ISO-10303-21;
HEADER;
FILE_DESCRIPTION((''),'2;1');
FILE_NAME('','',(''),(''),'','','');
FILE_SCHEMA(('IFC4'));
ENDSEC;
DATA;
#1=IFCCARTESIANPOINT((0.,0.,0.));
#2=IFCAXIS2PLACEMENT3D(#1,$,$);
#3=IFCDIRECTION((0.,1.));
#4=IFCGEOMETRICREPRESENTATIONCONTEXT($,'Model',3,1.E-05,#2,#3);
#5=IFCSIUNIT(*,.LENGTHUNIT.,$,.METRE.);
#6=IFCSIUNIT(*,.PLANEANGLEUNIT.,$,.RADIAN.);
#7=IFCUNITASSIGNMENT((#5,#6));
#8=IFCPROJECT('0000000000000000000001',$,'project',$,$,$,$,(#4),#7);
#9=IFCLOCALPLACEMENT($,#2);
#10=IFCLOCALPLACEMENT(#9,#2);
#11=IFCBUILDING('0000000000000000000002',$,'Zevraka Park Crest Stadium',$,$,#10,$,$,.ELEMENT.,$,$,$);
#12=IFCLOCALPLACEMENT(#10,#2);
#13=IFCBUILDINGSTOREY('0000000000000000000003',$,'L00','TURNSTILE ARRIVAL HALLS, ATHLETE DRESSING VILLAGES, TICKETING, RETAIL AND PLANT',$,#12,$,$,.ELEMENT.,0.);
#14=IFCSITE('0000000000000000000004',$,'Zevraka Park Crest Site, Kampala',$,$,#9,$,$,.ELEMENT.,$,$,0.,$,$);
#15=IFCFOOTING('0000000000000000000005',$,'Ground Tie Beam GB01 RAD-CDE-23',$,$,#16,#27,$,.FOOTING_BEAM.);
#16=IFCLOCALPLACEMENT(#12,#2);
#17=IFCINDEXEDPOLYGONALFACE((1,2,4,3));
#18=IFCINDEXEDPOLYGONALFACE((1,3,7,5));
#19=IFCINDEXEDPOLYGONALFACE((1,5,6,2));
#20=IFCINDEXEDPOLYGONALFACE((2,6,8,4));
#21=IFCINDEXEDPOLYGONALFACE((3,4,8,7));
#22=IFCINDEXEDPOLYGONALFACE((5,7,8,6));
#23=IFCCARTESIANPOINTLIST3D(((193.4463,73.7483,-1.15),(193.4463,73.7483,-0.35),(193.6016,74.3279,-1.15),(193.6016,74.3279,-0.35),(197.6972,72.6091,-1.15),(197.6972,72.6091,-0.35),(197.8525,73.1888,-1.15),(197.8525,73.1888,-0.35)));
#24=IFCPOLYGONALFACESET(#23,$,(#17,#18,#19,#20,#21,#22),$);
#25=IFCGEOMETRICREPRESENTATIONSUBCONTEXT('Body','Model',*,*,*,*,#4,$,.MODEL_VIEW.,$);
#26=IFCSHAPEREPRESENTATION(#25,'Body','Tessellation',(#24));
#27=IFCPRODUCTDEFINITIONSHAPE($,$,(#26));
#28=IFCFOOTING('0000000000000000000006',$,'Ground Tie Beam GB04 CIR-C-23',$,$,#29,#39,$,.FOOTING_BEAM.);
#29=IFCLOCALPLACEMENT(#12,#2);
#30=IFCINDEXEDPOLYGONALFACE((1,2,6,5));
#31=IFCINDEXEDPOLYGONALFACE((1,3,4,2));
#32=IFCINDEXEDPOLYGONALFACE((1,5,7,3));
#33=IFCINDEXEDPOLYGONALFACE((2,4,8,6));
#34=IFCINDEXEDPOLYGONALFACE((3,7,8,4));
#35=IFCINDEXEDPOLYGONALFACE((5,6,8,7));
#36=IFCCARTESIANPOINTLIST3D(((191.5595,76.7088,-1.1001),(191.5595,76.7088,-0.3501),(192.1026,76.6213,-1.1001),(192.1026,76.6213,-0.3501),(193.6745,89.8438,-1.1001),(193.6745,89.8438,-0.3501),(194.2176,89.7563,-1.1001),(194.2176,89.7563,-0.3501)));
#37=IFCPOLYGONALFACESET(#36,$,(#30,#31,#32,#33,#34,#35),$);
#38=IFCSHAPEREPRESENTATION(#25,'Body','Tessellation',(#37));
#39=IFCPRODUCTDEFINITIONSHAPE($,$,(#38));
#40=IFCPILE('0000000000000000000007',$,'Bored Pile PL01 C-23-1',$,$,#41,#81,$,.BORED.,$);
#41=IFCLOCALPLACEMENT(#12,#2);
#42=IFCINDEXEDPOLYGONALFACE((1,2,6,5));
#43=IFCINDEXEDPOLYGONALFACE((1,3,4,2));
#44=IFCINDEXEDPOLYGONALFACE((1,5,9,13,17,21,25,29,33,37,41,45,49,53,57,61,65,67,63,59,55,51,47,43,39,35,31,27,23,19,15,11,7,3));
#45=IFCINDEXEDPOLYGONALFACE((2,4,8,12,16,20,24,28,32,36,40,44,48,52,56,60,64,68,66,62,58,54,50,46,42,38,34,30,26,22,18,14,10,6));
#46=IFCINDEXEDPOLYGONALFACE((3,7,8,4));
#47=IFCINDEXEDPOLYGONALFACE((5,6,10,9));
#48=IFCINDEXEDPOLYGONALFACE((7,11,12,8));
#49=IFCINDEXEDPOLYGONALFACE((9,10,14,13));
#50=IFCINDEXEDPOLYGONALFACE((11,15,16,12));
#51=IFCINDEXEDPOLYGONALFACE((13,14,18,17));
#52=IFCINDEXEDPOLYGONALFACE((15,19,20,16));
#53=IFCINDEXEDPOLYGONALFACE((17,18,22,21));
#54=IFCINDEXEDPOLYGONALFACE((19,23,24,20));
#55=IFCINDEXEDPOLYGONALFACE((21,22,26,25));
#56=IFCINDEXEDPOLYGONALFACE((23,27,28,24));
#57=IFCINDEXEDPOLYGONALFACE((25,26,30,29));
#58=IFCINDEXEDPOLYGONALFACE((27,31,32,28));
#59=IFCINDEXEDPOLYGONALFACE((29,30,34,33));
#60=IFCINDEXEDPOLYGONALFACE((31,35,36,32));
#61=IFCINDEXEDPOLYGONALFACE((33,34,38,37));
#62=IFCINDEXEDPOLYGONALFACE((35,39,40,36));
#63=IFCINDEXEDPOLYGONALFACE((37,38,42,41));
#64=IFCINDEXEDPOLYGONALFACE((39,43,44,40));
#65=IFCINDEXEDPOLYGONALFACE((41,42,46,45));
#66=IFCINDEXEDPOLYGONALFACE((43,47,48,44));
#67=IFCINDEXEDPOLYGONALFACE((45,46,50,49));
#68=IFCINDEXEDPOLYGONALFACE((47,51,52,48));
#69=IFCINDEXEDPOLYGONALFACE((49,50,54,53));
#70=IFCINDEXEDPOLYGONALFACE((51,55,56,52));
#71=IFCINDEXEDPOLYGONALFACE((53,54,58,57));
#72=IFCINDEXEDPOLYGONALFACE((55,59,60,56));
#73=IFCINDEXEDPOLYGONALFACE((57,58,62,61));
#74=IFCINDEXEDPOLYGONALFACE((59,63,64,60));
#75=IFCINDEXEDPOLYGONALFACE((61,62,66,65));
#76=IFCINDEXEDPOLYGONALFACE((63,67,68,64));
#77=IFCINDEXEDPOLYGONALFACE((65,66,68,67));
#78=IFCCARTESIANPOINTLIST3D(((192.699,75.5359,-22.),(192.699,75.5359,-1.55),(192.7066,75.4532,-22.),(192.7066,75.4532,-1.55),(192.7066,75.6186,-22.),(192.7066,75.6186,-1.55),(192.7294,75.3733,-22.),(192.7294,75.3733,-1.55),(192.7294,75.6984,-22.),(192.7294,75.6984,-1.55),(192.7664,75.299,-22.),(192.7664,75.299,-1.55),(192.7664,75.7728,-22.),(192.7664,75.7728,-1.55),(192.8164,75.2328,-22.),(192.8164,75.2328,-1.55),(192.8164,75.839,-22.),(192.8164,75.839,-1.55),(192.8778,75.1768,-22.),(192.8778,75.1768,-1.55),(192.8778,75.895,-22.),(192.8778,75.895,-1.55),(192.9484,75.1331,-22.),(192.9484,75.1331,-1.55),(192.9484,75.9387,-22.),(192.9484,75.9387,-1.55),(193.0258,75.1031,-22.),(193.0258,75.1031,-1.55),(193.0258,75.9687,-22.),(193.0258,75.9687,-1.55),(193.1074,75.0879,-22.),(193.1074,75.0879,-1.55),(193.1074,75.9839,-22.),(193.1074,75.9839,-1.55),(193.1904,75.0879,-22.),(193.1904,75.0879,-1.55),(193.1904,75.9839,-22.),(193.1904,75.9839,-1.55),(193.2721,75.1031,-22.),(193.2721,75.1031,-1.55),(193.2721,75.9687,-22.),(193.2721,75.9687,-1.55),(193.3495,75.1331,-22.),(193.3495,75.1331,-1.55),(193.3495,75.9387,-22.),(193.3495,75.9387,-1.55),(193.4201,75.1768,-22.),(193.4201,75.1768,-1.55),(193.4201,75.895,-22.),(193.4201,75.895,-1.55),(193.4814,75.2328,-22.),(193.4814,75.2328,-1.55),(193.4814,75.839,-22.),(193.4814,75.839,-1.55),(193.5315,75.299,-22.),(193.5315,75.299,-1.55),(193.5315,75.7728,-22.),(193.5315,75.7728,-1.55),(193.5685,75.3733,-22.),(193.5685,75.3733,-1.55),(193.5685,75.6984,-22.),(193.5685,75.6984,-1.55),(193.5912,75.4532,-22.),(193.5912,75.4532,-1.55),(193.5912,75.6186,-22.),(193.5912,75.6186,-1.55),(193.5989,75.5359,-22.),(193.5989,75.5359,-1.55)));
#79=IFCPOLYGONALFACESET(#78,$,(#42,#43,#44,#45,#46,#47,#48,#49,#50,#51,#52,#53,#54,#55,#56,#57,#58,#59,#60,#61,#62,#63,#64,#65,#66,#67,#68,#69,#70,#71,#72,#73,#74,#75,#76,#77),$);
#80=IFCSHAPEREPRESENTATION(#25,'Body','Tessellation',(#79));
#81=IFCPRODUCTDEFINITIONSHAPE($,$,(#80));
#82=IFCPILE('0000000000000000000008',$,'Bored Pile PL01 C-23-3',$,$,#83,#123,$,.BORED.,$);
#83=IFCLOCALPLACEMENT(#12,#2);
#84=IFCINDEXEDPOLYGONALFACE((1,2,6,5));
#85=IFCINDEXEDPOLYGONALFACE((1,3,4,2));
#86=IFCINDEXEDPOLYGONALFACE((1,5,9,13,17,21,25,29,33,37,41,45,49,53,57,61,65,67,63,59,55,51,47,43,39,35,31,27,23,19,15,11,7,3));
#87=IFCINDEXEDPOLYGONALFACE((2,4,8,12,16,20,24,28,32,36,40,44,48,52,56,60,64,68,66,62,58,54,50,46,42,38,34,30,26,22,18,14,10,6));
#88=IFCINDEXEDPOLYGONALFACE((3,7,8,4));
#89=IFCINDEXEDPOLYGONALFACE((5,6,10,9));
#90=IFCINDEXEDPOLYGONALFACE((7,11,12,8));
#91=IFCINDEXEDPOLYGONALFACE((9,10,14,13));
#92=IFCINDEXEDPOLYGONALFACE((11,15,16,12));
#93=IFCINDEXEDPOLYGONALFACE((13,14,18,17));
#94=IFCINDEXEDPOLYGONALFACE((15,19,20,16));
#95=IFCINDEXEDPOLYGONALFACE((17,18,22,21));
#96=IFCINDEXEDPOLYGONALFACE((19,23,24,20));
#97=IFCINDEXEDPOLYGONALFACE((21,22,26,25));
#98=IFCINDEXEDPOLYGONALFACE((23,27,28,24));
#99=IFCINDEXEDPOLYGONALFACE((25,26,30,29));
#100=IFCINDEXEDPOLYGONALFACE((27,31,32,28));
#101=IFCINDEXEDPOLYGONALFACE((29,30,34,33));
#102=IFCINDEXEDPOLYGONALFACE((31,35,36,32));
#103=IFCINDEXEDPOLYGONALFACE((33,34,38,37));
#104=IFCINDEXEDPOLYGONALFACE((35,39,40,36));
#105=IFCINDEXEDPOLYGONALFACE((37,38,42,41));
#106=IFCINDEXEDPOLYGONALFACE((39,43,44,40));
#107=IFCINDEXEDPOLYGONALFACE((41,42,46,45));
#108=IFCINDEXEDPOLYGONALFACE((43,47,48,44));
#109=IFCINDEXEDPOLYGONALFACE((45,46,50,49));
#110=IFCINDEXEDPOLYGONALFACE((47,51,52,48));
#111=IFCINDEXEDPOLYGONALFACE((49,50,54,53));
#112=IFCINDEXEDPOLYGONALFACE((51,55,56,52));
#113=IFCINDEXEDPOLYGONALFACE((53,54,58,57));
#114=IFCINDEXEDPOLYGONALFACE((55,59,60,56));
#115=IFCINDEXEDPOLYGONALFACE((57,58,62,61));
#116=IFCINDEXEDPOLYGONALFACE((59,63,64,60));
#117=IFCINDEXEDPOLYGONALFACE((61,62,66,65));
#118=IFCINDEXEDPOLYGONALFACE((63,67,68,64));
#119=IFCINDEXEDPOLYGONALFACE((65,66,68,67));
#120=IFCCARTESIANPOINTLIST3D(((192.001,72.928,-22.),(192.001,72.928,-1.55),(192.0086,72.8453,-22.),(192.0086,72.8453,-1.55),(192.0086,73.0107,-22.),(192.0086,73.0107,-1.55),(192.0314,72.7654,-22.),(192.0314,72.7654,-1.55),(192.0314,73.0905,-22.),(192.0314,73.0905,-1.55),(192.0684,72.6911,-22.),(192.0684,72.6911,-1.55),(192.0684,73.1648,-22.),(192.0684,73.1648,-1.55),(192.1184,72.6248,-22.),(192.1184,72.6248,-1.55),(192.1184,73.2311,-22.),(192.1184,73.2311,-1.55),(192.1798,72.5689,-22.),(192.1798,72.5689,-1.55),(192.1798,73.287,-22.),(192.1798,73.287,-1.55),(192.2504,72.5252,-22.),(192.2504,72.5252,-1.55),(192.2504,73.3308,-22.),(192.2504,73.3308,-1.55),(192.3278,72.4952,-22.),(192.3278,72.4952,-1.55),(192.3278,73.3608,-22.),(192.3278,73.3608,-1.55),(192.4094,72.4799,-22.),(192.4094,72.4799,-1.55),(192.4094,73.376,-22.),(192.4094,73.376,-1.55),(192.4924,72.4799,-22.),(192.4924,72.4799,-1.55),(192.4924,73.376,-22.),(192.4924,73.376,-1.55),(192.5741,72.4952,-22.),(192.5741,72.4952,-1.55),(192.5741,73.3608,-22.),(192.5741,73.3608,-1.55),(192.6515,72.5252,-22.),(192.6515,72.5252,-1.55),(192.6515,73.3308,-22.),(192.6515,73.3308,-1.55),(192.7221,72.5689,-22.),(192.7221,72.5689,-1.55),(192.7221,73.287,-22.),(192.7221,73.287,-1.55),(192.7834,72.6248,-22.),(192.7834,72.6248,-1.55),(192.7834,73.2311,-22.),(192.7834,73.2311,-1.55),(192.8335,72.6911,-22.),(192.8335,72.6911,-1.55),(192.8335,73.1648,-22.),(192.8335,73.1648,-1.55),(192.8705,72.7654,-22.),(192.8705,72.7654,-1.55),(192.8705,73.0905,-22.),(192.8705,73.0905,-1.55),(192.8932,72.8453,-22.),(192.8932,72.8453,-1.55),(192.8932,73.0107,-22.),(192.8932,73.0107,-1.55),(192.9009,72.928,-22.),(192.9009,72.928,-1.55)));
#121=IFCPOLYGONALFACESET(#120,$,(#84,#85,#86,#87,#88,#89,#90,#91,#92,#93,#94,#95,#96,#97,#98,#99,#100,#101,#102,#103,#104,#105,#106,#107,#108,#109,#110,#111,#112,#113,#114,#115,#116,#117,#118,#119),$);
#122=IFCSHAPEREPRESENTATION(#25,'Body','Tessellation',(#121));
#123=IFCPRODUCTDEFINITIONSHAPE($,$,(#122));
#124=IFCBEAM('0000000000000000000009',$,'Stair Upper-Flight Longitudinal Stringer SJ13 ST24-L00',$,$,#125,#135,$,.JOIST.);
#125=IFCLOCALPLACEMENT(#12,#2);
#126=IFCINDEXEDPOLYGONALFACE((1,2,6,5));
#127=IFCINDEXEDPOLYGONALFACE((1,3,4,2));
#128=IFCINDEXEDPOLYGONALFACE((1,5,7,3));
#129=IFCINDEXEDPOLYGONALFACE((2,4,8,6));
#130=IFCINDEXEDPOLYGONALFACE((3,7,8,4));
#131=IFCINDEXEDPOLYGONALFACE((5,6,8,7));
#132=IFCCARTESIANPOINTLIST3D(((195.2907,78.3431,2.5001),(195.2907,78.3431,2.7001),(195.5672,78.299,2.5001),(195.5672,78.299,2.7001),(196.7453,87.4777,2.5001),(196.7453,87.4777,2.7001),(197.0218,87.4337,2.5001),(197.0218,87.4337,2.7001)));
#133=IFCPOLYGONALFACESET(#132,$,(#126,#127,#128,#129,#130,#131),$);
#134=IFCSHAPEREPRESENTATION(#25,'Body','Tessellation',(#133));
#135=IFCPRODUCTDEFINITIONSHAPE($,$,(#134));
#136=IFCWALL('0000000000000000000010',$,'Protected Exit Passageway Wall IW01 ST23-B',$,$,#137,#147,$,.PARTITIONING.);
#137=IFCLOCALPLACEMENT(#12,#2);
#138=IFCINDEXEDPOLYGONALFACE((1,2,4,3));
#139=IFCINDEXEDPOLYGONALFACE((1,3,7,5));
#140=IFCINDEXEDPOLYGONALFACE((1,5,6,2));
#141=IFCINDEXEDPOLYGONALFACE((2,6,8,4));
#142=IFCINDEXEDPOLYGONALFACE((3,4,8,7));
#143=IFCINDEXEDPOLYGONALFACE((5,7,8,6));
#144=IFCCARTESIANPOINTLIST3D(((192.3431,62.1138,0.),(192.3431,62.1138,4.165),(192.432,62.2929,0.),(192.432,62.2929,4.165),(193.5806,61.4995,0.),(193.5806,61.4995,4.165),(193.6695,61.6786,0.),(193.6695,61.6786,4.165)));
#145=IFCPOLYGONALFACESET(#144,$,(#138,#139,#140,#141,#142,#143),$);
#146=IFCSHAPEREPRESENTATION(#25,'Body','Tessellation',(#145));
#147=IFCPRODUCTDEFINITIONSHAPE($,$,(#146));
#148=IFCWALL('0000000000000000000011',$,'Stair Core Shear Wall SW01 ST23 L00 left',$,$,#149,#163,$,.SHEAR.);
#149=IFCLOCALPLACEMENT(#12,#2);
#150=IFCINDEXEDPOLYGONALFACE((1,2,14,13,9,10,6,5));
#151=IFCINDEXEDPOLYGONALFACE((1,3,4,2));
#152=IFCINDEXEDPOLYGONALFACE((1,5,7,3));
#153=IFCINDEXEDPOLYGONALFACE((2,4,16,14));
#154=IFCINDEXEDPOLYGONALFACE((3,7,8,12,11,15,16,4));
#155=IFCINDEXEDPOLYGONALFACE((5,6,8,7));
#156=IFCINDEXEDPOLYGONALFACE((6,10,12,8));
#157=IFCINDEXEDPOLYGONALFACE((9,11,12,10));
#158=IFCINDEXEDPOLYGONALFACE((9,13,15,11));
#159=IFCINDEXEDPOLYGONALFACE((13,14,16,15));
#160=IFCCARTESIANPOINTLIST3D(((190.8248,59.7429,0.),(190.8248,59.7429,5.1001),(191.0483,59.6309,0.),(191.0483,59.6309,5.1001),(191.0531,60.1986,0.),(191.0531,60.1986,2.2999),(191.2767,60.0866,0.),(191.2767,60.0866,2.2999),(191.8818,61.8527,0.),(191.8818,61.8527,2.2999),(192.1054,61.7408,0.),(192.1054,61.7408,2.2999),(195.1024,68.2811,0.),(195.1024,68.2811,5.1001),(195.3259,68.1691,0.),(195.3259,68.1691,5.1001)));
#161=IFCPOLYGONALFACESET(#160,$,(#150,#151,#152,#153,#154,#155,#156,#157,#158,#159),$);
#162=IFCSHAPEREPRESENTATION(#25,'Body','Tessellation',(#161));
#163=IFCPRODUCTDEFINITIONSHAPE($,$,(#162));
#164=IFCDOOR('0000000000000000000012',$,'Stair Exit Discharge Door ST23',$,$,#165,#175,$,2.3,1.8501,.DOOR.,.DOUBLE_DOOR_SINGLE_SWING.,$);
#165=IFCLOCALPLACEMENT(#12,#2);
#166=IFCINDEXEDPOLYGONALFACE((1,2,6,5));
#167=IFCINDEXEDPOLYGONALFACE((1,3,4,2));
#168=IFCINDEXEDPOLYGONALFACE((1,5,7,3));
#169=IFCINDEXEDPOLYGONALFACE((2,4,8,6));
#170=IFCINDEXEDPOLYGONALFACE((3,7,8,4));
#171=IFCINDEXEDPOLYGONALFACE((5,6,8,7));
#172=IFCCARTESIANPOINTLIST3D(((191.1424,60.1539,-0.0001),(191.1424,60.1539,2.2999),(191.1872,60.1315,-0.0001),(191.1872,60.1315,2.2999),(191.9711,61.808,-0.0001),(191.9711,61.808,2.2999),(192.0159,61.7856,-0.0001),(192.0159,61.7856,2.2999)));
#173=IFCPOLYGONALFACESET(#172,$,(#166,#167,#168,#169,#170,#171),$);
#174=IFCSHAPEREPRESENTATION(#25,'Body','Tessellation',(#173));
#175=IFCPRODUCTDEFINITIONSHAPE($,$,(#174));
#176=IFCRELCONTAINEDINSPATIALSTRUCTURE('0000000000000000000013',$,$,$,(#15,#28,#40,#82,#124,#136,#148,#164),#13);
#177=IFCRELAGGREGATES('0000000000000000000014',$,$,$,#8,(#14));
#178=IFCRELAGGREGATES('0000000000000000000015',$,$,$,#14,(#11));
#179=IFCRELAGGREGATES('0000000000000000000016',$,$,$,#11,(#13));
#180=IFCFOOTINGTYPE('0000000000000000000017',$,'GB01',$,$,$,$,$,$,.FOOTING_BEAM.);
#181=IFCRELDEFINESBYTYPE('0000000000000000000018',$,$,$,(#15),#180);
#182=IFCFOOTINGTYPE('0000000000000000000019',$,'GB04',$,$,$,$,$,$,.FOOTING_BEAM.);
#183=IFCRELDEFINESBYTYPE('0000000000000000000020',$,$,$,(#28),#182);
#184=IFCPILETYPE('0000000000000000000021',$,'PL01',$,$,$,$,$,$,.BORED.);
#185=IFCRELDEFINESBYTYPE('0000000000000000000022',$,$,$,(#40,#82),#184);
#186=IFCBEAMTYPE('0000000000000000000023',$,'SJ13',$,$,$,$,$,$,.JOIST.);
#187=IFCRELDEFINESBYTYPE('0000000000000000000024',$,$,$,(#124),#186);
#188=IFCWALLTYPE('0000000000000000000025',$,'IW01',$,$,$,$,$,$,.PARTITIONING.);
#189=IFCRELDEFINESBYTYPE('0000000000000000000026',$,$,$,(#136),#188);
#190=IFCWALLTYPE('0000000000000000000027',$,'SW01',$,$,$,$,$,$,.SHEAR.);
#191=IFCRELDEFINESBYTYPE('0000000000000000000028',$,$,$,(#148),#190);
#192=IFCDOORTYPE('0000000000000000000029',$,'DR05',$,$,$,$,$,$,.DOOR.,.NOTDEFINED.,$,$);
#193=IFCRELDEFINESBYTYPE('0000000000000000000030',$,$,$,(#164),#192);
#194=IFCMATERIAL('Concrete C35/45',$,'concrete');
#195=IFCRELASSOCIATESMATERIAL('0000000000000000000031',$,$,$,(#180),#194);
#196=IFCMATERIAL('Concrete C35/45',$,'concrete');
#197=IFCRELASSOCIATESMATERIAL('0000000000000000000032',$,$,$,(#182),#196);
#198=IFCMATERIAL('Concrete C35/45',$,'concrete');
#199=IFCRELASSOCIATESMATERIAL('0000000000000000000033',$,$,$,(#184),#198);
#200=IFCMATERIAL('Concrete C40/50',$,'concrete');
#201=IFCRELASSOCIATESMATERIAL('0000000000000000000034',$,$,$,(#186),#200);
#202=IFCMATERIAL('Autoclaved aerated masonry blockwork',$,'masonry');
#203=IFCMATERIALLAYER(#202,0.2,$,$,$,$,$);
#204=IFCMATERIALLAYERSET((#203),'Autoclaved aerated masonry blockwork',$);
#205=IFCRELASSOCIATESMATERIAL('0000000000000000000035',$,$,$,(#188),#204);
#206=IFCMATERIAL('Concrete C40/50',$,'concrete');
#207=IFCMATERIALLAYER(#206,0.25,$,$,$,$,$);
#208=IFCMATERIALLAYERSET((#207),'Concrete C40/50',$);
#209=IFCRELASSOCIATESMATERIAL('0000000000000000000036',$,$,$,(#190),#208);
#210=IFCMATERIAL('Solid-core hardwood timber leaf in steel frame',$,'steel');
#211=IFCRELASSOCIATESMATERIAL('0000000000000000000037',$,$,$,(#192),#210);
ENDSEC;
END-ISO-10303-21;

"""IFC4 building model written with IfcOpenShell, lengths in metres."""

from ifc_helpers import new_model, si_unit, direction, frame, frame_2d, origin, origin_2d, place, context, subcontext, project, spatial, rectangle, circle, extrude, material, layer, layer_set, material_profile, profile_set, type_object, element, fill, save


model = new_model("IFC4")

# Units and contexts
model_context = context("Model", 3, precision=1e-05, world=origin(), true_north=direction((0.0, 1.0)))
body_context = subcontext(model_context, "Body", "Model", "MODEL_VIEW")
ifc_project = project(units=[si_unit("LENGTHUNIT", "METRE"), si_unit("PLANEANGLEUNIT", "RADIAN")], contexts=[model_context])

# Site, building, storey
site_placement = place(None, origin())
site = spatial("IfcSite", under=ifc_project, at=site_placement, Name="Zevraka Park Crest Site, Kampala", CompositionType="ELEMENT", RefElevation=0.0)
building_placement = place(site_placement, origin())
building = spatial("IfcBuilding", under=site, at=building_placement, Name="Zevraka Park Crest Stadium", CompositionType="ELEMENT")
storey_placement = place(building_placement, origin())
storey = spatial("IfcBuildingStorey", under=building, at=storey_placement, Name="L00", Description="TURNSTILE ARRIVAL HALLS, ATHLETE DRESSING VILLAGES, TICKETING, RETAIL AND PLANT", CompositionType="ELEMENT", Elevation=0.0)

# Footings
ifc_material_1 = material(Name="Concrete C35/45", Category="concrete")
ifc_material_profile_1 = material_profile(ifc_material_1, rectangle(XDim=0.6001, YDim=0.8, at=origin_2d()), Name="GB 800x600")
ifc_profile_set_1 = profile_set([ifc_material_profile_1], Name="Concrete C35/45")
footing_type_1 = type_object("IfcFootingType", Name="GB01", PredefinedType="FOOTING_BEAM", material=ifc_profile_set_1)
footing_1_placement = place(storey_placement, frame((193.5239, 74.0381, -0.75), z_axis=(0.965919, -0.258843, 0.0), x_axis=(0.258843, 0.965919, 0.0)))
element("IfcFooting", 1, at=footing_1_placement, inside=storey, type_object=footing_type_1, Name="Ground Tie Beam GB01 RAD-CDE-23", PredefinedType="FOOTING_BEAM", context=body_context, shape_type="SweptSolid", body=[
    extrude(rectangle(XDim=0.6001, YDim=0.8, at=origin_2d()), origin(), (0.0, 0.0, 1.0), 4.4009),
])
ifc_material_2 = material(Name="Concrete C35/45", Category="concrete")
ifc_material_profile_2 = material_profile(ifc_material_2, rectangle(XDim=0.55, YDim=0.75, at=origin_2d()), Name="GB 750x550")
ifc_profile_set_2 = profile_set([ifc_material_profile_2], Name="Concrete C35/45")
footing_type_2 = type_object("IfcFootingType", Name="GB04", PredefinedType="FOOTING_BEAM", material=ifc_profile_set_2)
footing_2_placement = place(storey_placement, frame((191.8311, 76.665, -0.7251), z_axis=(0.158972, 0.987283, 0.0), x_axis=(-0.987283, 0.158972, 0.0)))
element("IfcFooting", 2, at=footing_2_placement, inside=storey, type_object=footing_type_2, Name="Ground Tie Beam GB04 CIR-C-23", PredefinedType="FOOTING_BEAM", context=body_context, shape_type="SweptSolid", body=[
    extrude(rectangle(XDim=0.55, YDim=0.75, at=origin_2d()), origin(), (0.0, 0.0, 1.0), 13.3042),
])

# Piles
ifc_material_3 = material(Name="Concrete C35/45", Category="concrete")
ifc_material_profile_3 = material_profile(ifc_material_3, circle(Radius=0.45, at=origin_2d()), Name="PILE D900")
ifc_profile_set_3 = profile_set([ifc_material_profile_3], Name="Concrete C35/45")
pile_type = type_object("IfcPileType", Name="PL01", PredefinedType="BORED", material=ifc_profile_set_3)
for number, where, z_axis, x_axis, name in (
    (3, (193.1489, 75.5359, -1.55), (0.0, 0.0, -1.0), (1.0, 0.0, 0.0), "Bored Pile PL01 C-23-1"),
    (4, (192.4509, 72.928, -1.55), (0.0, 0.0, -1.0), (1.0, 0.0, 0.0), "Bored Pile PL01 C-23-3"),
):
    element("IfcPile", number, at=place(storey_placement, frame(where, z_axis=z_axis, x_axis=x_axis)), inside=storey, type_object=pile_type, Name=name, PredefinedType="BORED", context=body_context, shape_type="SweptSolid", body=[
        extrude(circle(Radius=0.45, at=origin_2d()), origin(), (0.0, 0.0, 1.0), 20.45),
    ])

# Beam
ifc_material_4 = material(Name="Concrete C40/50", Category="concrete")
ifc_material_profile_4 = material_profile(ifc_material_4, rectangle(XDim=0.28, YDim=0.2, at=origin_2d()), Name="RC 200x280")
ifc_profile_set_4 = profile_set([ifc_material_profile_4], Name="Concrete C40/50")
beam_type = type_object("IfcBeamType", Name="SJ13", PredefinedType="JOIST", material=ifc_profile_set_4)
beam_placement = place(storey_placement, frame((195.429, 78.321, 2.6001), z_axis=(0.157255, 0.987558, 0.0), x_axis=(-0.987558, 0.157255, 0.0)))
element("IfcBeam", 5, at=beam_placement, inside=storey, type_object=beam_type, Name="Stair Upper-Flight Longitudinal Stringer SJ13 ST24-L00", PredefinedType="JOIST", context=body_context, shape_type="SweptSolid", body=[
    extrude(rectangle(XDim=0.28, YDim=0.2, at=origin_2d()), origin(), (0.0, 0.0, 1.0), 9.2498),
])

# Wall
ifc_material_5 = material(Name="Autoclaved aerated masonry blockwork", Category="masonry")
ifc_layer_1 = layer(ifc_material_5, 0.2)
ifc_layer_set_1 = layer_set([ifc_layer_1], Name="Autoclaved aerated masonry blockwork")
wall_type_1 = type_object("IfcWallType", Name="IW01", PredefinedType="PARTITIONING", material=ifc_layer_set_1)
wall_1_placement = place(storey_placement, frame((192.3875, 62.2034, 0.0), z_axis=(0.0, 0.0, 1.0), x_axis=(0.895731, -0.444596, 0.0)))
element("IfcWall", 6, at=wall_1_placement, inside=storey, type_object=wall_type_1, Name="Protected Exit Passageway Wall IW01 ST23-B", PredefinedType="PARTITIONING", context=body_context, shape_type="SweptSolid", body=[
    extrude(rectangle(XDim=1.3816, YDim=0.2, at=frame_2d((0.6909, 0.0))), origin(), (0.0, 0.0, 1.0), 4.165),
])

# Wall, opening, door
ifc_material_6 = material(Name="Concrete C40/50", Category="concrete")
ifc_layer_2 = layer(ifc_material_6, 0.25)
ifc_layer_set_2 = layer_set([ifc_layer_2], Name="Concrete C40/50")
wall_type_2 = type_object("IfcWallType", Name="SW01", PredefinedType="SHEAR", material=ifc_layer_set_2)
wall_2_placement = place(storey_placement, frame((195.2141, 68.2251, 0.0), z_axis=(0.0, 0.0, 1.0), x_axis=(-0.447919, -0.894074, 0.0)))
wall_2 = element("IfcWall", 7, at=wall_2_placement, inside=storey, type_object=wall_type_2, Name="Stair Core Shear Wall SW01 ST23 L00 left", PredefinedType="SHEAR", context=body_context, shape_type="SweptSolid", body=[
    extrude(rectangle(XDim=9.5498, YDim=0.25, at=frame_2d((4.7749, 0.0))), origin(), (0.0, 0.0, 1.0), 5.1001),
])
opening_1_placement = place(wall_2_placement, frame((7.1899, 0.0, 0.0)))
opening_1 = element("IfcOpeningElement", 8, at=opening_1_placement, cuts=wall_2, PredefinedType="OPENING", context=body_context, shape_type="SweptSolid", body=[
    extrude(rectangle(XDim=1.8501, YDim=2.3, at=frame_2d((0.925, 1.1499))), frame((0.0, 0.135, 0.0), z_axis=(0.0, -1.0, 0.0), x_axis=(1.0, 0.0, 0.0)), (0.0, 0.0, 1.0), 0.27),
])
ifc_material_7 = material(Name="Solid-core hardwood timber leaf in steel frame", Category="steel")
door_type_1 = type_object("IfcDoorType", Name="DR05", OperationType="NOTDEFINED", PredefinedType="DOOR", material=ifc_material_7)
door_1_placement = place(opening_1_placement, origin())
door_1 = element("IfcDoor", 9, at=door_1_placement, inside=storey, type_object=door_type_1, Name="Stair Exit Discharge Door ST23", OperationType="DOUBLE_DOOR_SINGLE_SWING", OverallHeight=2.3, OverallWidth=1.8501, PredefinedType="DOOR", context=body_context, shape_type="SweptSolid", body=[
    extrude(rectangle(XDim=1.8501, YDim=2.3, at=frame_2d((0.925, 1.1499))), frame((0.0, 0.0249, 0.0), z_axis=(0.0, -1.0, 0.0), x_axis=(1.0, 0.0, 0.0)), (0.0, 0.0, 1.0), 0.05),
])
fill(opening_1, door_1)

save(model, "model.ifc")
